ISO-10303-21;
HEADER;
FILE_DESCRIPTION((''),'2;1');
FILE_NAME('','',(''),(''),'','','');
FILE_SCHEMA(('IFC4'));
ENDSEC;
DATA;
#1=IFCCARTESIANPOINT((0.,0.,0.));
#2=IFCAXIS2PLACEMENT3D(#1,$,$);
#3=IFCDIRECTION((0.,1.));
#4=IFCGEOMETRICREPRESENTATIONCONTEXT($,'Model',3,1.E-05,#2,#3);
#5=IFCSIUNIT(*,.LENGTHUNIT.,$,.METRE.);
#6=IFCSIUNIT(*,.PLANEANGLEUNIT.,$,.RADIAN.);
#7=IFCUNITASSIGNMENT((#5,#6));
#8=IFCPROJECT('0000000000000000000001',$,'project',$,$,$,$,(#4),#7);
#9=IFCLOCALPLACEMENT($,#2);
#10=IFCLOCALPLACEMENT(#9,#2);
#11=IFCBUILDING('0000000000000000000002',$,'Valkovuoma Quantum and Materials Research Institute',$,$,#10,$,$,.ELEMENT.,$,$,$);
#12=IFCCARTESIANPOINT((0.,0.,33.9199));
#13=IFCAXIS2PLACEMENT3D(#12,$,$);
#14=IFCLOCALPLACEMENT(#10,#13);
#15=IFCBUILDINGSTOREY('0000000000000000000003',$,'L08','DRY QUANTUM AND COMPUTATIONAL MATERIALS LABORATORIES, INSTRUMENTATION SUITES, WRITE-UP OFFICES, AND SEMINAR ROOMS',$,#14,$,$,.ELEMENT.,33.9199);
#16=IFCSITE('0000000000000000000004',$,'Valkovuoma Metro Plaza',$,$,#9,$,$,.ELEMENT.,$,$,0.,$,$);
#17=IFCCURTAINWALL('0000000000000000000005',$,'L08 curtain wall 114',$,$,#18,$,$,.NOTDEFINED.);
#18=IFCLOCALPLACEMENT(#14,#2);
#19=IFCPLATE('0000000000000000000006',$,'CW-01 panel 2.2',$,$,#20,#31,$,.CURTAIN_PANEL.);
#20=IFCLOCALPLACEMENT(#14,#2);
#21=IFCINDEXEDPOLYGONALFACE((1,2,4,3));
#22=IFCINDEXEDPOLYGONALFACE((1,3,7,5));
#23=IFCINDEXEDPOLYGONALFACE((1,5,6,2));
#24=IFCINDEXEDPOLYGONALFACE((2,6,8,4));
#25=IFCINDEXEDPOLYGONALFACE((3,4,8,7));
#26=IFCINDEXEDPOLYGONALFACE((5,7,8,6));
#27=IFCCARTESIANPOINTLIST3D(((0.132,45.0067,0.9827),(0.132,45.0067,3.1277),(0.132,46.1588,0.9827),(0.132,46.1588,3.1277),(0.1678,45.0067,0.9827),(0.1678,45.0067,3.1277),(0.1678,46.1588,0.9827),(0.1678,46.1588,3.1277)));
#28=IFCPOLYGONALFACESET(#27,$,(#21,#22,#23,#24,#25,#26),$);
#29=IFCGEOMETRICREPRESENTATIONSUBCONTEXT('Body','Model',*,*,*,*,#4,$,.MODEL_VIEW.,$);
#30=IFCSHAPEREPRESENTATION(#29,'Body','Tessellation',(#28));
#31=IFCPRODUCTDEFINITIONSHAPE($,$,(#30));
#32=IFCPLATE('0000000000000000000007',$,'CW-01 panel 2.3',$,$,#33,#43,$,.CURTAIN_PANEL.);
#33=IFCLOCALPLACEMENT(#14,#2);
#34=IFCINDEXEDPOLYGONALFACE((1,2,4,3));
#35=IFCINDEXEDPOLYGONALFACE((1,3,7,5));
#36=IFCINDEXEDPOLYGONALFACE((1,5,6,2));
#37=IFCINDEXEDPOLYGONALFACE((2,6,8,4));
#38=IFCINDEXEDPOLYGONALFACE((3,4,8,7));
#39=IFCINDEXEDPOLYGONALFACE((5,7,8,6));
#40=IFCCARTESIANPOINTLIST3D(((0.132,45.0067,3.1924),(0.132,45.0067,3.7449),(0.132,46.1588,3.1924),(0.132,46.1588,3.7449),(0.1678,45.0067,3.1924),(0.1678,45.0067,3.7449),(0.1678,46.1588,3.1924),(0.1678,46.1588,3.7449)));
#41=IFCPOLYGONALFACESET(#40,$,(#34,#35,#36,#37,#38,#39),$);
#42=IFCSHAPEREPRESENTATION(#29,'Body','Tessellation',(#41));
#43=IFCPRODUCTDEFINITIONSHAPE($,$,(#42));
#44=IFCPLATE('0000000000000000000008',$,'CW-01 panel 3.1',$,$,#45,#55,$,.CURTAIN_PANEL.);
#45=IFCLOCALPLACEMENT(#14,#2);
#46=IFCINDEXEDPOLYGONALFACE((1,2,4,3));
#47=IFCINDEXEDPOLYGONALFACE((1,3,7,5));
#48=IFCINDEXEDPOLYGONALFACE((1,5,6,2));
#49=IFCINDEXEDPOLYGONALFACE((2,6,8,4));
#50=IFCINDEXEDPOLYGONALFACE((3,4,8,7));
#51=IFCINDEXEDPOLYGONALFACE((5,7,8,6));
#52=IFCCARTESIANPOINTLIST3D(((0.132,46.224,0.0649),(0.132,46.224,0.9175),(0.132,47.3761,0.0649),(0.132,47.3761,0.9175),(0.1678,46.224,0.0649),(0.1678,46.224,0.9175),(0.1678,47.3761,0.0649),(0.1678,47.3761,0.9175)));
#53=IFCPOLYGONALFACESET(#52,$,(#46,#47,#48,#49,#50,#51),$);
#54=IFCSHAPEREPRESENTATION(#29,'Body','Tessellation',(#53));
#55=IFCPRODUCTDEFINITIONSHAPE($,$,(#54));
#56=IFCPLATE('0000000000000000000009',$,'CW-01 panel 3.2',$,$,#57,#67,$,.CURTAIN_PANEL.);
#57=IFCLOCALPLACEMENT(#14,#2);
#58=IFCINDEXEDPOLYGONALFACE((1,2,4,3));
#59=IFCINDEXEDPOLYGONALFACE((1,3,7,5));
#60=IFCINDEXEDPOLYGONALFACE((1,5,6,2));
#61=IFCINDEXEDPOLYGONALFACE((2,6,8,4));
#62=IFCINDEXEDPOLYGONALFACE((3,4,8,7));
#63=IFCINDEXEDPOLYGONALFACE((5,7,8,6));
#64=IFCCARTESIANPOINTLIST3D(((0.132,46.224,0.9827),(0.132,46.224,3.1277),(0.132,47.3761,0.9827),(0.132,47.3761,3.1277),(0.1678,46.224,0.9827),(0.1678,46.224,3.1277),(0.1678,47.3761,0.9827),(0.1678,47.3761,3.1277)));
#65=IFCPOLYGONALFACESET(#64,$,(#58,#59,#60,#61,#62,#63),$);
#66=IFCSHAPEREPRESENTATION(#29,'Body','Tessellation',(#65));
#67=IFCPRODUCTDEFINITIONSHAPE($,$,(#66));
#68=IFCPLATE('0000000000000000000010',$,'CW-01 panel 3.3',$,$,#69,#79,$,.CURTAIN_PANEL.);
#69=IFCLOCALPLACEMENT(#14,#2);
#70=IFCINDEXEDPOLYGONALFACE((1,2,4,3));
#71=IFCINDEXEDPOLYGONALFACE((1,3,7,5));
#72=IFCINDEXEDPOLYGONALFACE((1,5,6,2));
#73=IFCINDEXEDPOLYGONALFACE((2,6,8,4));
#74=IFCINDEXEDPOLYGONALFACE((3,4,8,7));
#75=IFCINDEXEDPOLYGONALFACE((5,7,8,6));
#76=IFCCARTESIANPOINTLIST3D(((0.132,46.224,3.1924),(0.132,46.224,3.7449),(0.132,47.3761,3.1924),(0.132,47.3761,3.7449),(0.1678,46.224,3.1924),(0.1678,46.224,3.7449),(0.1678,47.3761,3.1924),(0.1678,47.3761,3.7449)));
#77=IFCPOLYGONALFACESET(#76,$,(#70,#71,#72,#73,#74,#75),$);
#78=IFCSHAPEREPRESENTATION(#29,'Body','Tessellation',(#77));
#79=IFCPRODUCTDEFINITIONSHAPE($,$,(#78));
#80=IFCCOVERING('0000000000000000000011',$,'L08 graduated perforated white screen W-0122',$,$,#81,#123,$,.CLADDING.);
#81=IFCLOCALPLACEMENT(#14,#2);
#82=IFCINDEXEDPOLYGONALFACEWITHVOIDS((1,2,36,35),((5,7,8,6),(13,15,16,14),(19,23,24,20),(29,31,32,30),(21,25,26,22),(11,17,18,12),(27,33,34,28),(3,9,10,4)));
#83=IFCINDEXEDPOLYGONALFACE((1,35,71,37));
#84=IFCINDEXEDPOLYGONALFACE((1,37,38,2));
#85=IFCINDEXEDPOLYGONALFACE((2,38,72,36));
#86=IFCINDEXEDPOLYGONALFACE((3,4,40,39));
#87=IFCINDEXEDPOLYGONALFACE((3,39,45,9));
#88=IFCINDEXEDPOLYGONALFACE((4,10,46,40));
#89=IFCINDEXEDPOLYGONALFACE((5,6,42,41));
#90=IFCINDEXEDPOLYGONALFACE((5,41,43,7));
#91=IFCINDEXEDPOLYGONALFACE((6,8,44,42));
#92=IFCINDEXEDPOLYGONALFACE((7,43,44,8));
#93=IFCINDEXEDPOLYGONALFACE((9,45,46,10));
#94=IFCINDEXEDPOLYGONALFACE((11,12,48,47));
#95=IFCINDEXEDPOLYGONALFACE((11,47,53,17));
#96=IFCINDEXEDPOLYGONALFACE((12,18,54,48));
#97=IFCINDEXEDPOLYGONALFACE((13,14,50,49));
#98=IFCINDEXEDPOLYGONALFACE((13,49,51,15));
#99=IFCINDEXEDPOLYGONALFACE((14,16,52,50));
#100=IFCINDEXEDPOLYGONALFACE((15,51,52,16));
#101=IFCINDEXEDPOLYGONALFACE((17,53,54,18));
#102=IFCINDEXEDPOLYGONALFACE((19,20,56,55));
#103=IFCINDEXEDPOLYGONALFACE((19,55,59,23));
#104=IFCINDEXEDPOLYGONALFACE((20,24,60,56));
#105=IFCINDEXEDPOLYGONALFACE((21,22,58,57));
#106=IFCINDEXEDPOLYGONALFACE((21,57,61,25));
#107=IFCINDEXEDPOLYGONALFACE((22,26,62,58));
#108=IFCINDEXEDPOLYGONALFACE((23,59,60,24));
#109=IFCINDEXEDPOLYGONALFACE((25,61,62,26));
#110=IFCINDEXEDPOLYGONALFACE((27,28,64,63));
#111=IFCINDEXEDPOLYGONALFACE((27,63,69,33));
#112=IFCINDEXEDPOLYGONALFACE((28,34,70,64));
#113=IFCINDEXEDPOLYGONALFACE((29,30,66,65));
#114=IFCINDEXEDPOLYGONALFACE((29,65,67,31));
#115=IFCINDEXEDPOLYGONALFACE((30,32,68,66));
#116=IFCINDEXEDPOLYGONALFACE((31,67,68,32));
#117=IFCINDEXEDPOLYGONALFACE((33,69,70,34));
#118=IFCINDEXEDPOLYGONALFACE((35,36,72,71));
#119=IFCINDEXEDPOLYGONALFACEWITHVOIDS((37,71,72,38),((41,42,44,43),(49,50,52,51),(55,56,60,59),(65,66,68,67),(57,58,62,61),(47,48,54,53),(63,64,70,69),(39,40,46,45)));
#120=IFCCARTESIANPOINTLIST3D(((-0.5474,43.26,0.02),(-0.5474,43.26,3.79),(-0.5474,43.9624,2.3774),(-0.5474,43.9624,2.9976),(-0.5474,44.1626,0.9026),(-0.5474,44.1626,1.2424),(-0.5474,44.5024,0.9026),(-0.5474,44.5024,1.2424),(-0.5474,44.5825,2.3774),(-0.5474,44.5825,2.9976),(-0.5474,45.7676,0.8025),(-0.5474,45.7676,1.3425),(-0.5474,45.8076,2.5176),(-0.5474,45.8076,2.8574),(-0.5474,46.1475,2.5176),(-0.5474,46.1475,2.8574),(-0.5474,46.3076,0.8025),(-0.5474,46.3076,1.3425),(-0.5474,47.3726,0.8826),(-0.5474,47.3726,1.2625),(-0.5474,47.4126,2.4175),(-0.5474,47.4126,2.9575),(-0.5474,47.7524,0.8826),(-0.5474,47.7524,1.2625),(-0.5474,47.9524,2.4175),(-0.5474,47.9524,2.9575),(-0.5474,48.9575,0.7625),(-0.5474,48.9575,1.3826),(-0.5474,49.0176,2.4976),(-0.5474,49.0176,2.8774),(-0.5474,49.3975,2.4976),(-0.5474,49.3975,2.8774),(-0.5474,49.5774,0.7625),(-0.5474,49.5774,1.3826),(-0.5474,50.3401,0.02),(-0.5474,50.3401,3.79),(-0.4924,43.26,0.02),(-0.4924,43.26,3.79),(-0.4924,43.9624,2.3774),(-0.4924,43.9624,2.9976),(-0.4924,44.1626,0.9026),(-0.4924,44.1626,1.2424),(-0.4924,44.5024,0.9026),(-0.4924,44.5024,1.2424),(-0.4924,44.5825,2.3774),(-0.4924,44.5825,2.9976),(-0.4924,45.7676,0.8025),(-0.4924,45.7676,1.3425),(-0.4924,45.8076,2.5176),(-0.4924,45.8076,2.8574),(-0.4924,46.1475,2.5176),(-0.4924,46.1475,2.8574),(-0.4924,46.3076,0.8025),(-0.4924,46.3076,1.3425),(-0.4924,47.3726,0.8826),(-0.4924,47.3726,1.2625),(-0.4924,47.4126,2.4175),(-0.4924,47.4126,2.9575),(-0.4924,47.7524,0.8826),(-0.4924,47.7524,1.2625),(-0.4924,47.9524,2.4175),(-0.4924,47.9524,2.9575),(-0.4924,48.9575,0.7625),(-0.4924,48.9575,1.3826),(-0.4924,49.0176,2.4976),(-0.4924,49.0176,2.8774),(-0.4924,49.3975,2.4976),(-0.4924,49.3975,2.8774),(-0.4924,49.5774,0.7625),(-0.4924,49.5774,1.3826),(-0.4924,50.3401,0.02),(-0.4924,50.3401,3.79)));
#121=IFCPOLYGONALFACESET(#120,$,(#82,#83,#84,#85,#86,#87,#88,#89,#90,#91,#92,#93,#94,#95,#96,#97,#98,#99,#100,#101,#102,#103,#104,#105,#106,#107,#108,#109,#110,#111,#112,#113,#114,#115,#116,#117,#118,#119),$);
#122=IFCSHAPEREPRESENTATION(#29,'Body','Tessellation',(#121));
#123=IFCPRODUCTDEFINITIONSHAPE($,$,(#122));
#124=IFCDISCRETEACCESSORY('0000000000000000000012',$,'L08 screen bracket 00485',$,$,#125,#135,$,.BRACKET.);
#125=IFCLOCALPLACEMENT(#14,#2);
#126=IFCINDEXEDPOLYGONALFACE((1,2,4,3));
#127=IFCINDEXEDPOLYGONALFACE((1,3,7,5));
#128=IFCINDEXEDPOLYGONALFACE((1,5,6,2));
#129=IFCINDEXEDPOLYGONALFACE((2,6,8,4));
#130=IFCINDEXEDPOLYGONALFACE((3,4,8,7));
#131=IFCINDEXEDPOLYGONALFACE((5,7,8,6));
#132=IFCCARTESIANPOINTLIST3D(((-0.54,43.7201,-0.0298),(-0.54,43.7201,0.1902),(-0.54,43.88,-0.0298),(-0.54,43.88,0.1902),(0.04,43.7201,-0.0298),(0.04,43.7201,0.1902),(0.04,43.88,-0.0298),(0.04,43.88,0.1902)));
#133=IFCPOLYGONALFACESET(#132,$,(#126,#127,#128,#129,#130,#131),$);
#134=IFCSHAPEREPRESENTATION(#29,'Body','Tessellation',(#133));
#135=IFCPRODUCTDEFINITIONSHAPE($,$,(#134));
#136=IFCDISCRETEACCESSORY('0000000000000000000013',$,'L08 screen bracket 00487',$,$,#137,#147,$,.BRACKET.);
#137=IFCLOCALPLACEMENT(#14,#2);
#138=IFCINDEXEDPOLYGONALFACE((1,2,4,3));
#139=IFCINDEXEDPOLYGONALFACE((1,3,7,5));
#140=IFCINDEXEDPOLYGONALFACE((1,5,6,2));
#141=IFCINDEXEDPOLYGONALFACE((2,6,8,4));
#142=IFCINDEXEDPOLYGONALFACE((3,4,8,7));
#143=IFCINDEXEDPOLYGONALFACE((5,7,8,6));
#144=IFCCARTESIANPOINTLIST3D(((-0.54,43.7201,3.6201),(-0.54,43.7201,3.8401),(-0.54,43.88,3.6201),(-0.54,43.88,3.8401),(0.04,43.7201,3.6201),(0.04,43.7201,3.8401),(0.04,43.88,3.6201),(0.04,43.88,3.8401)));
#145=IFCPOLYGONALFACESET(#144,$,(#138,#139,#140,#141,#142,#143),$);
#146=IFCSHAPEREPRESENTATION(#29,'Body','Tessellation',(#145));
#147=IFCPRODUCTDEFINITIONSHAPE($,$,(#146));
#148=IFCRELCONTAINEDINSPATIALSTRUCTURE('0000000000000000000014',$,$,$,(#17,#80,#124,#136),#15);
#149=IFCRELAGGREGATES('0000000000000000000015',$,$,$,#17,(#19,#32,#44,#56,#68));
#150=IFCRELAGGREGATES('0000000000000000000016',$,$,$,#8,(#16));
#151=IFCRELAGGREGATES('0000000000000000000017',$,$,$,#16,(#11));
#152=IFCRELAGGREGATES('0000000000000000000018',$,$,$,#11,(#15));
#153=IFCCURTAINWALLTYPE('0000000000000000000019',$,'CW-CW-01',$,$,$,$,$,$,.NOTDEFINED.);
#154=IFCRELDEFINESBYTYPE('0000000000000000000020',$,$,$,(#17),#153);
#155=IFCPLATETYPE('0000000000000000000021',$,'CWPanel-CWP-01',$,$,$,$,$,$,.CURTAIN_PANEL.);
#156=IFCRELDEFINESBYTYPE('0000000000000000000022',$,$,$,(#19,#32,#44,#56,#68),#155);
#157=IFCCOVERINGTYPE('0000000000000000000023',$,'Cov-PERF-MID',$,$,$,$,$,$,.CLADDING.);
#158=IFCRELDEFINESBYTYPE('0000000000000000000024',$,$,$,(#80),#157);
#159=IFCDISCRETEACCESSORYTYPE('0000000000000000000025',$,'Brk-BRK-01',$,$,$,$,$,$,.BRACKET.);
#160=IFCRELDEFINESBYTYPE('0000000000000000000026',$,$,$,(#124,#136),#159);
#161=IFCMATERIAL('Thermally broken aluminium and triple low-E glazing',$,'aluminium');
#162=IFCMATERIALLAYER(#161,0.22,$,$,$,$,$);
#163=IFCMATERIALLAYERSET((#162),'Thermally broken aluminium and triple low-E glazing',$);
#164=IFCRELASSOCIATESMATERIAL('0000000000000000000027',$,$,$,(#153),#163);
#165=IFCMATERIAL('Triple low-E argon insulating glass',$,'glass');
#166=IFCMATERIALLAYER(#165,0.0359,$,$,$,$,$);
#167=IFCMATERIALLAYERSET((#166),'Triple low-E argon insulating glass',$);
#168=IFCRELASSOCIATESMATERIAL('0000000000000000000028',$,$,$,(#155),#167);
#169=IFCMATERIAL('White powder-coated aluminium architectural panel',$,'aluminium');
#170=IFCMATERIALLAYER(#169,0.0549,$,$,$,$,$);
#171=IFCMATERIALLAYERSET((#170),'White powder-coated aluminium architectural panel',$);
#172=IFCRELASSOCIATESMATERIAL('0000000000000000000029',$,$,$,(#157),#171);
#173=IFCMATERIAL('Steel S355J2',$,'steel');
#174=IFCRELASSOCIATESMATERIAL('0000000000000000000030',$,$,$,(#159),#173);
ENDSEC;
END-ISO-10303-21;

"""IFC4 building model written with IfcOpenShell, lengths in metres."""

from ifc_helpers import new_model, si_unit, direction, frame, origin, origin_2d, place, context, subcontext, project, spatial, polyline, rectangle, outline, extrude, material, layer, layer_set, type_object, element, aggregate, save


model = new_model("IFC4")

# Units and contexts
model_context = context("Model", 3, precision=1e-05, world=origin(), true_north=direction((0.0, 1.0)))
body_context = subcontext(model_context, "Body", "Model", "MODEL_VIEW")
ifc_project = project(units=[si_unit("LENGTHUNIT", "METRE"), si_unit("PLANEANGLEUNIT", "RADIAN")], contexts=[model_context])

# Site, building, storey
site_placement = place(None, origin())
site = spatial("IfcSite", under=ifc_project, at=site_placement, Name="Valkovuoma Metro Plaza", CompositionType="ELEMENT", RefElevation=0.0)
building_placement = place(site_placement, origin())
building = spatial("IfcBuilding", under=site, at=building_placement, Name="Valkovuoma Quantum and Materials Research Institute", CompositionType="ELEMENT")
storey_placement = place(building_placement, frame((0.0, 0.0, 33.9199)))
storey = spatial("IfcBuildingStorey", under=building, at=storey_placement, Name="L08", Description="DRY QUANTUM AND COMPUTATIONAL MATERIALS LABORATORIES, INSTRUMENTATION SUITES, WRITE-UP OFFICES, AND SEMINAR ROOMS", CompositionType="ELEMENT", Elevation=33.9199)

# Shared definitions
ifc_material_1 = material(Name="Thermally broken aluminium and triple low-E glazing", Category="aluminium")
ifc_layer_1 = layer(ifc_material_1, 0.22)
ifc_layer_set_1 = layer_set([ifc_layer_1], Name="Thermally broken aluminium and triple low-E glazing")
curtain_wall_type = type_object("IfcCurtainWallType", Name="CW-CW-01", PredefinedType="NOTDEFINED", material=ifc_layer_set_1)

# Curtain wall, plates
curtain_wall_1_placement = place(storey_placement, origin())
curtain_wall_1 = element("IfcCurtainWall", 1, at=curtain_wall_1_placement, inside=storey, type_object=curtain_wall_type, Name="L08 curtain wall 114", PredefinedType="NOTDEFINED")
ifc_material_2 = material(Name="Triple low-E argon insulating glass", Category="glass")
ifc_layer_2 = layer(ifc_material_2, 0.0359)
ifc_layer_set_2 = layer_set([ifc_layer_2], Name="Triple low-E argon insulating glass")
plate_type = type_object("IfcPlateType", Name="CWPanel-CWP-01", PredefinedType="CURTAIN_PANEL", material=ifc_layer_set_2)
plate_1_placement = place(storey_placement, frame((0.1499, 45.5828, 0.9827), z_axis=(0.0, 0.0, 1.0), x_axis=(0.0, 1.0, 0.0)))
plate_1 = element("IfcPlate", 2, at=plate_1_placement, type_object=plate_type, Name="CW-01 panel 2.2", PredefinedType="CURTAIN_PANEL", context=body_context, shape_type="SweptSolid", body=[
    extrude(rectangle(XDim=1.1521, YDim=0.0359, at=origin_2d()), origin(), (0.0, 0.0, 1.0), 2.145),
])
plate_2_placement = place(storey_placement, frame((0.1499, 45.5828, 3.1924), z_axis=(0.0, 0.0, 1.0), x_axis=(0.0, 1.0, 0.0)))
plate_2 = element("IfcPlate", 3, at=plate_2_placement, type_object=plate_type, Name="CW-01 panel 2.3", PredefinedType="CURTAIN_PANEL", context=body_context, shape_type="SweptSolid", body=[
    extrude(rectangle(XDim=1.1521, YDim=0.0359, at=origin_2d()), origin(), (0.0, 0.0, 1.0), 0.5525),
])
plate_3_placement = place(storey_placement, frame((0.1499, 46.8, 0.0649), z_axis=(0.0, 0.0, 1.0), x_axis=(0.0, 1.0, 0.0)))
plate_3 = element("IfcPlate", 4, at=plate_3_placement, type_object=plate_type, Name="CW-01 panel 3.1", PredefinedType="CURTAIN_PANEL", context=body_context, shape_type="SweptSolid", body=[
    extrude(rectangle(XDim=1.1521, YDim=0.0359, at=origin_2d()), origin(), (0.0, 0.0, 1.0), 0.8525),
])
plate_4_placement = place(storey_placement, frame((0.1499, 46.8, 0.9827), z_axis=(0.0, 0.0, 1.0), x_axis=(0.0, 1.0, 0.0)))
plate_4 = element("IfcPlate", 5, at=plate_4_placement, type_object=plate_type, Name="CW-01 panel 3.2", PredefinedType="CURTAIN_PANEL", context=body_context, shape_type="SweptSolid", body=[
    extrude(rectangle(XDim=1.1521, YDim=0.0359, at=origin_2d()), origin(), (0.0, 0.0, 1.0), 2.145),
])
plate_5_placement = place(storey_placement, frame((0.1499, 46.8, 3.1924), z_axis=(0.0, 0.0, 1.0), x_axis=(0.0, 1.0, 0.0)))
plate_5 = element("IfcPlate", 6, at=plate_5_placement, type_object=plate_type, Name="CW-01 panel 3.3", PredefinedType="CURTAIN_PANEL", context=body_context, shape_type="SweptSolid", body=[
    extrude(rectangle(XDim=1.1521, YDim=0.0359, at=origin_2d()), origin(), (0.0, 0.0, 1.0), 0.5525),
])
aggregate(curtain_wall_1, [plate_1, plate_2, plate_3, plate_4, plate_5])

# Covering
ifc_material_3 = material(Name="White powder-coated aluminium architectural panel", Category="aluminium")
ifc_layer_3 = layer(ifc_material_3, 0.0549)
ifc_layer_set_3 = layer_set([ifc_layer_3], Name="White powder-coated aluminium architectural panel")
covering_type = type_object("IfcCoveringType", Name="Cov-PERF-MID", PredefinedType="CLADDING", material=ifc_layer_set_3)
covering_placement = place(storey_placement, frame((-0.52, 43.26, 0.02), z_axis=(0.0, 0.0, 1.0), x_axis=(0.0, 1.0, 0.0)))
element("IfcCovering", 7, at=covering_placement, inside=storey, type_object=covering_type, Name="L08 graduated perforated white screen W-0122", PredefinedType="CLADDING", context=body_context, shape_type="SweptSolid", body=[
    extrude(outline(polyline([(0.0, 0.0), (7.0801, 0.0), (7.0801, 3.77), (0.0, 3.77), (0.0, 0.0)]), holes=[polyline([(0.9026, 0.8826), (0.9026, 1.2224), (1.2424, 1.2224), (1.2424, 0.8826), (0.9026, 0.8826)]), polyline([(0.7024, 2.3574), (0.7024, 2.9775), (1.3225, 2.9775), (1.3225, 2.3574), (0.7024, 2.3574)]), polyline([(2.5076, 0.7825), (2.5076, 1.3225), (3.0476, 1.3225), (3.0476, 0.7825), (2.5076, 0.7825)]), polyline([(2.5476, 2.4976), (2.5476, 2.8374), (2.8875, 2.8374), (2.8875, 2.4976), (2.5476, 2.4976)]), polyline([(4.1125, 0.8625), (4.1125, 1.2424), (4.4924, 1.2424), (4.4924, 0.8625), (4.1125, 0.8625)]), polyline([(4.1526, 2.3975), (4.1526, 2.9375), (4.6924, 2.9375), (4.6924, 2.3975), (4.1526, 2.3975)]), polyline([(5.6975, 0.7424), (5.6975, 1.3625), (6.3174, 1.3625), (6.3174, 0.7424), (5.6975, 0.7424)]), polyline([(5.7576, 2.4775), (5.7576, 2.8574), (6.1375, 2.8574), (6.1375, 2.4775), (5.7576, 2.4775)])]), frame((0.0, 0.0273, 0.0), z_axis=(0.0, -1.0, 0.0), x_axis=(1.0, 0.0, 0.0)), (0.0, 0.0, 1.0), 0.0549),
])

# Discrete accessories
ifc_material_4 = material(Name="Steel S355J2", Category="steel")
discrete_accessory_type = type_object("IfcDiscreteAccessoryType", Name="Brk-BRK-01", PredefinedType="BRACKET", material=ifc_material_4)
for number, where, z_axis, x_axis, name in (
    (8, (-0.25, 43.8, -0.0298), (0.0, 0.0, 1.0), (1.0, 0.0, 0.0), "L08 screen bracket 00485"),
    (9, (-0.25, 43.8, 3.6201), (0.0, 0.0, 1.0), (1.0, 0.0, 0.0), "L08 screen bracket 00487"),
):
    element("IfcDiscreteAccessory", number, at=place(storey_placement, frame(where, z_axis=z_axis, x_axis=x_axis)), inside=storey, type_object=discrete_accessory_type, Name=name, PredefinedType="BRACKET", context=body_context, shape_type="SweptSolid", body=[
        extrude(rectangle(XDim=0.5801, YDim=0.1599, at=origin_2d()), origin(), (0.0, 0.0, 1.0), 0.22),
    ])

save(model, "model.ifc")
